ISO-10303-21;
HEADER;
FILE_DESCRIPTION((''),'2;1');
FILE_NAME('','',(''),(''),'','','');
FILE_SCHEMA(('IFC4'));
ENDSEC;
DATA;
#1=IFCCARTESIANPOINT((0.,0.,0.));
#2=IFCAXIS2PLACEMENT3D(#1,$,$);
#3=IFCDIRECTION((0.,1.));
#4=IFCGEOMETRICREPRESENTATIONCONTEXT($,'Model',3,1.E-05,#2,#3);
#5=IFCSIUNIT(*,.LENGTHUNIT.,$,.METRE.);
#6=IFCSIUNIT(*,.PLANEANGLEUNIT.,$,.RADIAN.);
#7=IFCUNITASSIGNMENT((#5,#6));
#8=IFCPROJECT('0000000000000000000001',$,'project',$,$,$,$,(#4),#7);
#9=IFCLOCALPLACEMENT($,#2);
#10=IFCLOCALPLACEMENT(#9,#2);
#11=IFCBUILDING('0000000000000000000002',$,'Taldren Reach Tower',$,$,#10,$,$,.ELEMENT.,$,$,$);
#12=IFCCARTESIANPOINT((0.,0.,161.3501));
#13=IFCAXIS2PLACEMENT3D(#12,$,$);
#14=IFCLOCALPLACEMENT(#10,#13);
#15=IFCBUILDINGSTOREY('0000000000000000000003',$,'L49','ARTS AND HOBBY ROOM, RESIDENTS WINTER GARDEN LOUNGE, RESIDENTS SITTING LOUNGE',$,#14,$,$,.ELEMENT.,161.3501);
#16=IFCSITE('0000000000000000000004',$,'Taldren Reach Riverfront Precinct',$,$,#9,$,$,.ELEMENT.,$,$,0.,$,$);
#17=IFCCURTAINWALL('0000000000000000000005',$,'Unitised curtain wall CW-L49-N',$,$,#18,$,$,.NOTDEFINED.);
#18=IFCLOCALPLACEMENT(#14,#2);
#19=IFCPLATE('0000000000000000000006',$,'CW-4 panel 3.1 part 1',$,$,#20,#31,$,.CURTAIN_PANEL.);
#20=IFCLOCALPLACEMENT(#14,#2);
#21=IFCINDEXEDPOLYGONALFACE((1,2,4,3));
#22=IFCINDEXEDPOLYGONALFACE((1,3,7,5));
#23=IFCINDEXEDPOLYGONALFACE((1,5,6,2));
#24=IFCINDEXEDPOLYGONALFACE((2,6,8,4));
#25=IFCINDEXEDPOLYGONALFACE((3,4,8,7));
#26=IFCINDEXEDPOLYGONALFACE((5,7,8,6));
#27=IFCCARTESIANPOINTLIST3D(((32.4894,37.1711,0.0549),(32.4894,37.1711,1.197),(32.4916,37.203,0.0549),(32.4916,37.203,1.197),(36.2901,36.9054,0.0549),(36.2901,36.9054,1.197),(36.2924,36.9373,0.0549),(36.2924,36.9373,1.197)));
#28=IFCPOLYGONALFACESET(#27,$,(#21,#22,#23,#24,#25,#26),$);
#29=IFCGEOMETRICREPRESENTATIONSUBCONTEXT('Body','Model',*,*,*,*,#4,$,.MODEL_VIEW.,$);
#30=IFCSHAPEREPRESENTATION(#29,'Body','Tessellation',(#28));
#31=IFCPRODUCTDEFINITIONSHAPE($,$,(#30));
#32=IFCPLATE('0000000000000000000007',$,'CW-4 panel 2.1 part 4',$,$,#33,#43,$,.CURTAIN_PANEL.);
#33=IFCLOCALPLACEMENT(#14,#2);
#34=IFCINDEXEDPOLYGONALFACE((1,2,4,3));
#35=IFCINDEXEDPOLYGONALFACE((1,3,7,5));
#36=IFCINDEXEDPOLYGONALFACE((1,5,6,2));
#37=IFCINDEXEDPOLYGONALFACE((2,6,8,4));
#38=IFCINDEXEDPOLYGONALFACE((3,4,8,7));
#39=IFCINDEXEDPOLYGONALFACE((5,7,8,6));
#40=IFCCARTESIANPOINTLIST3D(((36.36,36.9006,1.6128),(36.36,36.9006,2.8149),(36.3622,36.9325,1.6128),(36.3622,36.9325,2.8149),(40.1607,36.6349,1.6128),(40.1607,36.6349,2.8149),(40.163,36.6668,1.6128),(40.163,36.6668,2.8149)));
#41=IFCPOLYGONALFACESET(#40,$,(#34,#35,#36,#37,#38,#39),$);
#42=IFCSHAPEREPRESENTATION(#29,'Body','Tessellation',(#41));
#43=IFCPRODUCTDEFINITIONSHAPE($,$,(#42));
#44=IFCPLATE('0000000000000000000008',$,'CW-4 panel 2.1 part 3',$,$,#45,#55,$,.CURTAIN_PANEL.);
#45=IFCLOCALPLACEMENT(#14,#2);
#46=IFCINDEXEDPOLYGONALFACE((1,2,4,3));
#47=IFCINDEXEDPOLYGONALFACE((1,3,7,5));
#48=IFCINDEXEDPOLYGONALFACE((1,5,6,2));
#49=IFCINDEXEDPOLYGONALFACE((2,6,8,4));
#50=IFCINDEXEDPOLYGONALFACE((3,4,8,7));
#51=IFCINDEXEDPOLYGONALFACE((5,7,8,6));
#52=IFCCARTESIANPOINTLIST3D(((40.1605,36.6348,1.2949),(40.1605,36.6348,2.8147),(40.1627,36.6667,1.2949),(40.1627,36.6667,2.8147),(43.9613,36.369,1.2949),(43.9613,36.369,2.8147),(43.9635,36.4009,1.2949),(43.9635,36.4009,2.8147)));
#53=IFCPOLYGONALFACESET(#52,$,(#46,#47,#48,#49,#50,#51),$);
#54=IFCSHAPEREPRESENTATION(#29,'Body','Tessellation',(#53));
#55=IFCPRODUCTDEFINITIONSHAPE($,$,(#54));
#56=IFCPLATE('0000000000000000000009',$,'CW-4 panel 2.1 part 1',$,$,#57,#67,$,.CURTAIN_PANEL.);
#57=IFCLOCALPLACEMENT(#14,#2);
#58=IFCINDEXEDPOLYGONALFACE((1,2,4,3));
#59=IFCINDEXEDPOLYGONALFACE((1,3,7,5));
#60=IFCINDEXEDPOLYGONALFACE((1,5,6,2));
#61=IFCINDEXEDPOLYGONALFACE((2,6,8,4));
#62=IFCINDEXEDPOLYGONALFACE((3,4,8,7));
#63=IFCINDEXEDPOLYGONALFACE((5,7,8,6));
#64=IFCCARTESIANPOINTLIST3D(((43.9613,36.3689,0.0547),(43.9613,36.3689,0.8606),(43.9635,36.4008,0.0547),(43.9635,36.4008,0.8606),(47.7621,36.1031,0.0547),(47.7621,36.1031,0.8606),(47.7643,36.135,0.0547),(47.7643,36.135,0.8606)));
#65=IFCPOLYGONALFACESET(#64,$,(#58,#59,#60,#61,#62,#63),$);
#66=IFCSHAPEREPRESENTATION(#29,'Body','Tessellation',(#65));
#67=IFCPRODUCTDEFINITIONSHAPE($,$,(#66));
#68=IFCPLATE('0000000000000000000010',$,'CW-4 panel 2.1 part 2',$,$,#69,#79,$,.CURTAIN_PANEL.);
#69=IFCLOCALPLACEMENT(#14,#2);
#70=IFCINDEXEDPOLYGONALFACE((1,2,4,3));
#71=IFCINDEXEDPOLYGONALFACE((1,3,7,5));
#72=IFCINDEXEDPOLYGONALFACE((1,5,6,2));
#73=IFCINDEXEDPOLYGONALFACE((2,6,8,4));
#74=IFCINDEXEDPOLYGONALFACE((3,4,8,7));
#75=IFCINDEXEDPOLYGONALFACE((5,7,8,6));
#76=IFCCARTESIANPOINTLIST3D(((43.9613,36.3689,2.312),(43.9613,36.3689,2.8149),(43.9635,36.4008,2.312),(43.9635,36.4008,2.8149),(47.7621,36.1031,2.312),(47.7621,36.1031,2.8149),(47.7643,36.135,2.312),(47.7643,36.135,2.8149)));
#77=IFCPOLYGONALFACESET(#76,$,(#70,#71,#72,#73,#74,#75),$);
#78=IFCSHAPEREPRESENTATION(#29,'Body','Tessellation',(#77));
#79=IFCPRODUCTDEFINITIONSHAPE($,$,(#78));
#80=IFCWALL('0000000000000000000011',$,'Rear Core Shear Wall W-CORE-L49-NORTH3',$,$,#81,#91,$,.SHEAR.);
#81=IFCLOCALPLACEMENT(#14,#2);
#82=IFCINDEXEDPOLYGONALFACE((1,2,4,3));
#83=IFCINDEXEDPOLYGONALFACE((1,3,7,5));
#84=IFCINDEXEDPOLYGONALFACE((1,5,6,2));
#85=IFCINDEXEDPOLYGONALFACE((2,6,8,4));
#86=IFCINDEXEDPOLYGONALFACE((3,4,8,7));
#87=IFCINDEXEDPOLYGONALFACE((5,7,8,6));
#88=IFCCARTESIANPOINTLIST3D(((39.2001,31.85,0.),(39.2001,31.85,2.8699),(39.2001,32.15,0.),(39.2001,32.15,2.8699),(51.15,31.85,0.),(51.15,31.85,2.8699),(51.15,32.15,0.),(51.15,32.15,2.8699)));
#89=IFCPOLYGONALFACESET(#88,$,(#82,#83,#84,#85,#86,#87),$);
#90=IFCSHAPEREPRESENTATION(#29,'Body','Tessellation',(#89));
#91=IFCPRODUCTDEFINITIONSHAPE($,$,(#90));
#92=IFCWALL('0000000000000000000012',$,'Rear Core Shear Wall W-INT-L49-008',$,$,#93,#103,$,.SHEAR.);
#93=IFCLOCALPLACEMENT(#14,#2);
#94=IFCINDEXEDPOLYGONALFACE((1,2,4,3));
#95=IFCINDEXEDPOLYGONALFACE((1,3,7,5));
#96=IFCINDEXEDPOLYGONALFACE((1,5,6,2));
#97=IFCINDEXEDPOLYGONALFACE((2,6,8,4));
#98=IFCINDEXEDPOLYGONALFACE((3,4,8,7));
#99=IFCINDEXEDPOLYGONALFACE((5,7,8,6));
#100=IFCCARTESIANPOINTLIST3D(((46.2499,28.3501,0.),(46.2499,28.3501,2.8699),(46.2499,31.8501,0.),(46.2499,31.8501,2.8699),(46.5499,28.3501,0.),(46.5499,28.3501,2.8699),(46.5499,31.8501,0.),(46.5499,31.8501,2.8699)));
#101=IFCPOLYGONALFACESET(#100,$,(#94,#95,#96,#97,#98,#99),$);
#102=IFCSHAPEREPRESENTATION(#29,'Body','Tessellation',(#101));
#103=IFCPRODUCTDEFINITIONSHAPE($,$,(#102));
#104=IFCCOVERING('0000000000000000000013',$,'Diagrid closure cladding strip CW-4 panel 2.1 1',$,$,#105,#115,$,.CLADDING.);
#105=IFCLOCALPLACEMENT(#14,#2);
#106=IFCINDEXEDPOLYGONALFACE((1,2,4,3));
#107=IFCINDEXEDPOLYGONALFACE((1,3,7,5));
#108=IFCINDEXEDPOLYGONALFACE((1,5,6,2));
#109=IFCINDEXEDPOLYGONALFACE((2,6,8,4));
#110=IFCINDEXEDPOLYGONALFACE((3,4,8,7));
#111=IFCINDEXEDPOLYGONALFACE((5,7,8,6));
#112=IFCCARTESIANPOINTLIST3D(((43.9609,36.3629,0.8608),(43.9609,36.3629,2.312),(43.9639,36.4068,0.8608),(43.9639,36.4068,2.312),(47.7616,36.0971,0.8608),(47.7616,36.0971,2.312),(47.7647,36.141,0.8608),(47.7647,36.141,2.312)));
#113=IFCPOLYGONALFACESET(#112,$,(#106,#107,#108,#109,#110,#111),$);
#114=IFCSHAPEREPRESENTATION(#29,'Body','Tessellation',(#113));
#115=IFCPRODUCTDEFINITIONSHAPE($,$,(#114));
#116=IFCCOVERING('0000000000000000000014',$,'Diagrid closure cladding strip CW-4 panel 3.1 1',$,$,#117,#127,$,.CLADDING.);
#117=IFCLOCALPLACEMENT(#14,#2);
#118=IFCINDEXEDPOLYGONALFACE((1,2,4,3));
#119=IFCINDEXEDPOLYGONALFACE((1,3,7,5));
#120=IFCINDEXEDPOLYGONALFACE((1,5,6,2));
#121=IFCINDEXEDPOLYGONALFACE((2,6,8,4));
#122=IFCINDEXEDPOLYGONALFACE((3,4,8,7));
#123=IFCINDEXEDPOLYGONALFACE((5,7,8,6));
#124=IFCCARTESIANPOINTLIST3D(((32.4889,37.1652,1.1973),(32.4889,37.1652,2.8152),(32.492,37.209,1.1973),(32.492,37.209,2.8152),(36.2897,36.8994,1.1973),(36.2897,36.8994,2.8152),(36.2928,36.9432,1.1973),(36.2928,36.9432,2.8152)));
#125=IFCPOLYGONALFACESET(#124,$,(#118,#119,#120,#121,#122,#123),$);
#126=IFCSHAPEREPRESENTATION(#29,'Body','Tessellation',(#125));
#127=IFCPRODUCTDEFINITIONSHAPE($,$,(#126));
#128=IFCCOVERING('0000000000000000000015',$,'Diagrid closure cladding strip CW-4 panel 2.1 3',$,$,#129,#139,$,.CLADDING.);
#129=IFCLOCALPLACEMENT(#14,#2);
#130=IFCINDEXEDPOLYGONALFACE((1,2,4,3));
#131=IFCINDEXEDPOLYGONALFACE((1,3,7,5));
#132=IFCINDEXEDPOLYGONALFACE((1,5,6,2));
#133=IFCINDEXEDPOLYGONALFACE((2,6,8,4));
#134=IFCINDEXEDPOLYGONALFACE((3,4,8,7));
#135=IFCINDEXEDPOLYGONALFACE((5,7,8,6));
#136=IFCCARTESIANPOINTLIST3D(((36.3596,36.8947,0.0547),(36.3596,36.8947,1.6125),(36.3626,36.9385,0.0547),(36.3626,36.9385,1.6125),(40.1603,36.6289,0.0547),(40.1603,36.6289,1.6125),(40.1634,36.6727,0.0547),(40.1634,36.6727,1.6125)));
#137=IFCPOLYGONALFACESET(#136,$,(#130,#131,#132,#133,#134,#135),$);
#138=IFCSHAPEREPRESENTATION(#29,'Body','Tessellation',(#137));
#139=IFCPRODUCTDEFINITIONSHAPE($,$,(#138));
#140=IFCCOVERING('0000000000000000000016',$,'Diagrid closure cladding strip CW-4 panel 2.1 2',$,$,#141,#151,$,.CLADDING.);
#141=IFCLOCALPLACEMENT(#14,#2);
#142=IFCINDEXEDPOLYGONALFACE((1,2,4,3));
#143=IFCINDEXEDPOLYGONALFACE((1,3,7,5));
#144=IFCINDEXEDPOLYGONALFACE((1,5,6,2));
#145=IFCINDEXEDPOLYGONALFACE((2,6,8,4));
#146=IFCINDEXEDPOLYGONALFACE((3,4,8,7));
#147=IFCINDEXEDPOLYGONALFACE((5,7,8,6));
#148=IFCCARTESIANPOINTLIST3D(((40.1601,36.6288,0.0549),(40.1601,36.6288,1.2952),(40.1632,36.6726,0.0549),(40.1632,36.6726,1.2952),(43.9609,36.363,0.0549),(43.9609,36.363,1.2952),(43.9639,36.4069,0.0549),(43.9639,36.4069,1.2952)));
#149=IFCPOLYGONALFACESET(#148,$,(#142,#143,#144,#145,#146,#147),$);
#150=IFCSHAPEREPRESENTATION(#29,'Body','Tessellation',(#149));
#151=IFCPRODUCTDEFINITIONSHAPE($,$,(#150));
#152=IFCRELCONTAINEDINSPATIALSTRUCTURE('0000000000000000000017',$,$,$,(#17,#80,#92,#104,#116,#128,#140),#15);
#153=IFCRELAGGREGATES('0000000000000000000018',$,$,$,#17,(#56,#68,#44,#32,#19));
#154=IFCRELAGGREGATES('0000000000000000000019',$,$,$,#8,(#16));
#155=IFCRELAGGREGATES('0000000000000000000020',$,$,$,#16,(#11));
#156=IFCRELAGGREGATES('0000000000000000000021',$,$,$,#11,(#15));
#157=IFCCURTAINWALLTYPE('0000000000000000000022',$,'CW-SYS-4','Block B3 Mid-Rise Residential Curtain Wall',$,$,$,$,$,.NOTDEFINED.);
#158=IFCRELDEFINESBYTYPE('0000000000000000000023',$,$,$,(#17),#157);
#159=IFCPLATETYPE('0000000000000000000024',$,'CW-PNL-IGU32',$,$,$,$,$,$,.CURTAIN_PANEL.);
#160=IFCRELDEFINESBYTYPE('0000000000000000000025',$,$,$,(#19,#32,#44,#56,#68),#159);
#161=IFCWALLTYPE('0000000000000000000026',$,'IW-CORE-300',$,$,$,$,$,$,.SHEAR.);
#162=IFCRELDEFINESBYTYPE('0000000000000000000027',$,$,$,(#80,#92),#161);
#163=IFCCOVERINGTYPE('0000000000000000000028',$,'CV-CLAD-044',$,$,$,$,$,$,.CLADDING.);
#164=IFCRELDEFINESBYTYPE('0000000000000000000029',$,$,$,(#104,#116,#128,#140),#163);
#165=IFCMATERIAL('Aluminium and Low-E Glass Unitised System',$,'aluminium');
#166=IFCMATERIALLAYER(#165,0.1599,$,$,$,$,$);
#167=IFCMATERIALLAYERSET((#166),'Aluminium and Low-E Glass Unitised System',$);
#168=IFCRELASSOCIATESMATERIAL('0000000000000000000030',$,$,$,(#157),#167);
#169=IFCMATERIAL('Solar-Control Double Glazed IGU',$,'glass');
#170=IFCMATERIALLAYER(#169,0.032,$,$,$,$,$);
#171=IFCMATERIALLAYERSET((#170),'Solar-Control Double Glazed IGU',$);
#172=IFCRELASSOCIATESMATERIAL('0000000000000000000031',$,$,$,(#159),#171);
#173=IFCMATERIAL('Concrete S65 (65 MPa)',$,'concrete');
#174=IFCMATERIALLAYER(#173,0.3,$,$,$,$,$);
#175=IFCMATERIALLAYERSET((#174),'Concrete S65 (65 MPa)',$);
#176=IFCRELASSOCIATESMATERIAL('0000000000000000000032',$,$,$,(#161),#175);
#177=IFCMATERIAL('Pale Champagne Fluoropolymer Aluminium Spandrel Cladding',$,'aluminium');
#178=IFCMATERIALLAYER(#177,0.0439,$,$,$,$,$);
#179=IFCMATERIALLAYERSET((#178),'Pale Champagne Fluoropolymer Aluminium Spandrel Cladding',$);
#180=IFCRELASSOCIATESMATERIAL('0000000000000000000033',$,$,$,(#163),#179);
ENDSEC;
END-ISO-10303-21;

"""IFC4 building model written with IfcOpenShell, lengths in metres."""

from ifc_helpers import new_model, si_unit, direction, frame, frame_2d, origin, origin_2d, place, context, subcontext, project, spatial, rectangle, extrude, source, transform, mapped, material, layer, layer_set, type_object, element, aggregate, save


model = new_model("IFC4")

# Units and contexts
model_context = context("Model", 3, precision=1e-05, world=origin(), true_north=direction((0.0, 1.0)))
body_context = subcontext(model_context, "Body", "Model", "MODEL_VIEW")
ifc_project = project(units=[si_unit("LENGTHUNIT", "METRE"), si_unit("PLANEANGLEUNIT", "RADIAN")], contexts=[model_context])

# Site, building, storey
site_placement = place(None, origin())
site = spatial("IfcSite", under=ifc_project, at=site_placement, Name="Taldren Reach Riverfront Precinct", CompositionType="ELEMENT", RefElevation=0.0)
building_placement = place(site_placement, origin())
building = spatial("IfcBuilding", under=site, at=building_placement, Name="Taldren Reach Tower", CompositionType="ELEMENT")
storey_placement = place(building_placement, frame((0.0, 0.0, 161.3501)))
storey = spatial("IfcBuildingStorey", under=building, at=storey_placement, Name="L49", Description="ARTS AND HOBBY ROOM, RESIDENTS WINTER GARDEN LOUNGE, RESIDENTS SITTING LOUNGE", CompositionType="ELEMENT", Elevation=161.3501)

# Curtain wall
ifc_material_1 = material(Name="Aluminium and Low-E Glass Unitised System", Category="aluminium")
ifc_layer_1 = layer(ifc_material_1, 0.1599)
ifc_layer_set_1 = layer_set([ifc_layer_1], Name="Aluminium and Low-E Glass Unitised System")
curtain_wall_type = type_object("IfcCurtainWallType", Name="CW-SYS-4", Description="Block B3 Mid-Rise Residential Curtain Wall", PredefinedType="NOTDEFINED", material=ifc_layer_set_1)
curtain_wall_placement = place(storey_placement, origin())
curtain_wall = element("IfcCurtainWall", 1, at=curtain_wall_placement, inside=storey, type_object=curtain_wall_type, Name="Unitised curtain wall CW-L49-N", PredefinedType="NOTDEFINED")

# Plates
ifc_material_2 = material(Name="Solar-Control Double Glazed IGU", Category="glass")
ifc_layer_2 = layer(ifc_material_2, 0.032)
ifc_layer_set_2 = layer_set([ifc_layer_2], Name="Solar-Control Double Glazed IGU")
plate_type_1 = type_object("IfcPlateType", Name="CW-PNL-IGU32", PredefinedType="CURTAIN_PANEL", material=ifc_layer_set_2)
shared_shape_1 = source(origin(), body_context, "Body", "SweptSolid", [
    extrude(rectangle(XDim=3.8101, YDim=0.032, at=origin_2d()), origin(), (0.0, 0.0, 1.0), 1.1421),
])
plate_1_placement = place(storey_placement, frame((34.3909, 37.0542, 0.0549), z_axis=(0.0, 0.0, 1.0), x_axis=(-0.997564, 0.069757, 0.0)))
plate_1 = element("IfcPlate", 2, at=plate_1_placement, type_object=plate_type_1, Name="CW-4 panel 3.1 part 1", PredefinedType="CURTAIN_PANEL", context=body_context, shape_type="MappedRepresentation", body=[
    mapped(shared_shape_1, transform((0.0, 0.0, 0.0), scale=1.0)),
])
shared_shape_2 = source(origin(), body_context, "Body", "SweptSolid", [
    extrude(rectangle(XDim=3.8101, YDim=0.032, at=origin_2d()), origin(), (0.0, 0.0, 1.0), 1.2021),
])
plate_2_placement = place(storey_placement, frame((38.2615, 36.7837, 1.6128), z_axis=(0.0, 0.0, 1.0), x_axis=(-0.997564, 0.069757, 0.0)))
plate_2 = element("IfcPlate", 3, at=plate_2_placement, type_object=plate_type_1, Name="CW-4 panel 2.1 part 4", PredefinedType="CURTAIN_PANEL", context=body_context, shape_type="MappedRepresentation", body=[
    mapped(shared_shape_2, transform((0.0, 0.0, 0.0), scale=1.0)),
])
shared_shape_3 = source(origin(), body_context, "Body", "SweptSolid", [
    extrude(rectangle(XDim=3.8101, YDim=0.032, at=origin_2d()), origin(), (0.0, 0.0, 1.0), 1.5198),
])
plate_3_placement = place(storey_placement, frame((42.062, 36.5178, 1.2949), z_axis=(0.0, 0.0, 1.0), x_axis=(-0.997564, 0.069757, 0.0)))
plate_3 = element("IfcPlate", 4, at=plate_3_placement, type_object=plate_type_1, Name="CW-4 panel 2.1 part 3", PredefinedType="CURTAIN_PANEL", context=body_context, shape_type="MappedRepresentation", body=[
    mapped(shared_shape_3, transform((0.0, 0.0, 0.0), scale=1.0)),
])
shared_shape_4 = source(origin(), body_context, "Body", "SweptSolid", [
    extrude(rectangle(XDim=3.8101, YDim=0.032, at=origin_2d()), origin(), (0.0, 0.0, 1.0), 0.8059),
])
plate_4_placement = place(storey_placement, frame((45.8628, 36.252, 0.0547), z_axis=(0.0, 0.0, 1.0), x_axis=(-0.997564, 0.069757, 0.0)))
plate_4 = element("IfcPlate", 5, at=plate_4_placement, type_object=plate_type_1, Name="CW-4 panel 2.1 part 1", PredefinedType="CURTAIN_PANEL", context=body_context, shape_type="MappedRepresentation", body=[
    mapped(shared_shape_4, transform((0.0, 0.0, 0.0), scale=1.0)),
])
shared_shape_5 = source(origin(), body_context, "Body", "SweptSolid", [
    extrude(rectangle(XDim=3.8101, YDim=0.032, at=origin_2d()), origin(), (0.0, 0.0, 1.0), 0.5029),
])
plate_5_placement = place(storey_placement, frame((45.8628, 36.252, 2.312), z_axis=(0.0, 0.0, 1.0), x_axis=(-0.997564, 0.069757, 0.0)))
plate_5 = element("IfcPlate", 6, at=plate_5_placement, type_object=plate_type_1, Name="CW-4 panel 2.1 part 2", PredefinedType="CURTAIN_PANEL", context=body_context, shape_type="MappedRepresentation", body=[
    mapped(shared_shape_5, transform((0.0, 0.0, 0.0), scale=1.0)),
])
aggregate(curtain_wall, [plate_4, plate_5, plate_3, plate_2, plate_1])

# Walls
ifc_material_3 = material(Name="Concrete S65 (65 MPa)", Category="concrete")
ifc_layer_3 = layer(ifc_material_3, 0.3)
ifc_layer_set_3 = layer_set([ifc_layer_3], Name="Concrete S65 (65 MPa)")
wall_type = type_object("IfcWallType", Name="IW-CORE-300", PredefinedType="SHEAR", material=ifc_layer_set_3)
shared_shape_6 = source(origin(), body_context, "Body", "SweptSolid", [
    extrude(rectangle(XDim=11.95, YDim=0.3, at=frame_2d((5.9751, 0.0))), origin(), (0.0, 0.0, 1.0), 2.8699),
])
wall_1_placement = place(storey_placement, frame((39.2, 32.0, 0.0), z_axis=(0.0, 0.0, 1.0), x_axis=(1.0, 0.0, 0.0)))
element("IfcWall", 7, at=wall_1_placement, inside=storey, type_object=wall_type, Name="Rear Core Shear Wall W-CORE-L49-NORTH3", PredefinedType="SHEAR", context=body_context, shape_type="MappedRepresentation", body=[
    mapped(shared_shape_6, transform((0.0, 0.0, 0.0), scale=1.0)),
])
shared_shape_7 = source(origin(), body_context, "Body", "SweptSolid", [
    extrude(rectangle(XDim=3.5, YDim=0.3, at=frame_2d((1.75, 0.0))), origin(), (0.0, 0.0, 1.0), 2.8699),
])
wall_2_placement = place(storey_placement, frame((46.3999, 31.8501, 0.0), z_axis=(0.0, 0.0, 1.0), x_axis=(0.0, -1.0, 0.0)))
element("IfcWall", 8, at=wall_2_placement, inside=storey, type_object=wall_type, Name="Rear Core Shear Wall W-INT-L49-008", PredefinedType="SHEAR", context=body_context, shape_type="MappedRepresentation", body=[
    mapped(shared_shape_7, transform((0.0, 0.0, 0.0), scale=1.0)),
])

# Coverings
ifc_material_4 = material(Name="Pale Champagne Fluoropolymer Aluminium Spandrel Cladding", Category="aluminium")
ifc_layer_4 = layer(ifc_material_4, 0.0439)
ifc_layer_set_4 = layer_set([ifc_layer_4], Name="Pale Champagne Fluoropolymer Aluminium Spandrel Cladding")
covering_type = type_object("IfcCoveringType", Name="CV-CLAD-044", PredefinedType="CLADDING", material=ifc_layer_set_4)
shared_shape_8 = source(origin(), body_context, "Body", "SweptSolid", [
    extrude(rectangle(XDim=3.8101, YDim=0.0439, at=origin_2d()), origin(), (0.0, 0.0, 1.0), 1.4512),
])
covering_1_placement = place(storey_placement, frame((45.8628, 36.252, 0.8608), z_axis=(0.0, 0.0, 1.0), x_axis=(-0.997564, 0.069757, 0.0)))
element("IfcCovering", 9, at=covering_1_placement, inside=storey, type_object=covering_type, Name="Diagrid closure cladding strip CW-4 panel 2.1 1", PredefinedType="CLADDING", context=body_context, shape_type="MappedRepresentation", body=[
    mapped(shared_shape_8, transform((0.0, 0.0, 0.0), scale=1.0)),
])
shared_shape_9 = source(origin(), body_context, "Body", "SweptSolid", [
    extrude(rectangle(XDim=3.8101, YDim=0.0439, at=origin_2d()), origin(), (0.0, 0.0, 1.0), 1.6179),
])
covering_2_placement = place(storey_placement, frame((34.3909, 37.0542, 1.1973), z_axis=(0.0, 0.0, 1.0), x_axis=(-0.997564, 0.069757, 0.0)))
element("IfcCovering", 10, at=covering_2_placement, inside=storey, type_object=covering_type, Name="Diagrid closure cladding strip CW-4 panel 3.1 1", PredefinedType="CLADDING", context=body_context, shape_type="MappedRepresentation", body=[
    mapped(shared_shape_9, transform((0.0, 0.0, 0.0), scale=1.0)),
])
shared_shape_10 = source(origin(), body_context, "Body", "SweptSolid", [
    extrude(rectangle(XDim=3.8101, YDim=0.0439, at=origin_2d()), origin(), (0.0, 0.0, 1.0), 1.5579),
])
covering_3_placement = place(storey_placement, frame((38.2615, 36.7837, 0.0547), z_axis=(0.0, 0.0, 1.0), x_axis=(-0.997564, 0.069757, 0.0)))
element("IfcCovering", 11, at=covering_3_placement, inside=storey, type_object=covering_type, Name="Diagrid closure cladding strip CW-4 panel 2.1 3", PredefinedType="CLADDING", context=body_context, shape_type="MappedRepresentation", body=[
    mapped(shared_shape_10, transform((0.0, 0.0, 0.0), scale=1.0)),
])
shared_shape_11 = source(origin(), body_context, "Body", "SweptSolid", [
    extrude(rectangle(XDim=3.8101, YDim=0.0439, at=origin_2d()), origin(), (0.0, 0.0, 1.0), 1.2402),
])
covering_4_placement = place(storey_placement, frame((42.062, 36.5178, 0.0549), z_axis=(0.0, 0.0, 1.0), x_axis=(-0.997564, 0.069757, 0.0)))
element("IfcCovering", 12, at=covering_4_placement, inside=storey, type_object=covering_type, Name="Diagrid closure cladding strip CW-4 panel 2.1 2", PredefinedType="CLADDING", context=body_context, shape_type="MappedRepresentation", body=[
    mapped(shared_shape_11, transform((0.0, 0.0, 0.0), scale=1.0)),
])

save(model, "model.ifc")
